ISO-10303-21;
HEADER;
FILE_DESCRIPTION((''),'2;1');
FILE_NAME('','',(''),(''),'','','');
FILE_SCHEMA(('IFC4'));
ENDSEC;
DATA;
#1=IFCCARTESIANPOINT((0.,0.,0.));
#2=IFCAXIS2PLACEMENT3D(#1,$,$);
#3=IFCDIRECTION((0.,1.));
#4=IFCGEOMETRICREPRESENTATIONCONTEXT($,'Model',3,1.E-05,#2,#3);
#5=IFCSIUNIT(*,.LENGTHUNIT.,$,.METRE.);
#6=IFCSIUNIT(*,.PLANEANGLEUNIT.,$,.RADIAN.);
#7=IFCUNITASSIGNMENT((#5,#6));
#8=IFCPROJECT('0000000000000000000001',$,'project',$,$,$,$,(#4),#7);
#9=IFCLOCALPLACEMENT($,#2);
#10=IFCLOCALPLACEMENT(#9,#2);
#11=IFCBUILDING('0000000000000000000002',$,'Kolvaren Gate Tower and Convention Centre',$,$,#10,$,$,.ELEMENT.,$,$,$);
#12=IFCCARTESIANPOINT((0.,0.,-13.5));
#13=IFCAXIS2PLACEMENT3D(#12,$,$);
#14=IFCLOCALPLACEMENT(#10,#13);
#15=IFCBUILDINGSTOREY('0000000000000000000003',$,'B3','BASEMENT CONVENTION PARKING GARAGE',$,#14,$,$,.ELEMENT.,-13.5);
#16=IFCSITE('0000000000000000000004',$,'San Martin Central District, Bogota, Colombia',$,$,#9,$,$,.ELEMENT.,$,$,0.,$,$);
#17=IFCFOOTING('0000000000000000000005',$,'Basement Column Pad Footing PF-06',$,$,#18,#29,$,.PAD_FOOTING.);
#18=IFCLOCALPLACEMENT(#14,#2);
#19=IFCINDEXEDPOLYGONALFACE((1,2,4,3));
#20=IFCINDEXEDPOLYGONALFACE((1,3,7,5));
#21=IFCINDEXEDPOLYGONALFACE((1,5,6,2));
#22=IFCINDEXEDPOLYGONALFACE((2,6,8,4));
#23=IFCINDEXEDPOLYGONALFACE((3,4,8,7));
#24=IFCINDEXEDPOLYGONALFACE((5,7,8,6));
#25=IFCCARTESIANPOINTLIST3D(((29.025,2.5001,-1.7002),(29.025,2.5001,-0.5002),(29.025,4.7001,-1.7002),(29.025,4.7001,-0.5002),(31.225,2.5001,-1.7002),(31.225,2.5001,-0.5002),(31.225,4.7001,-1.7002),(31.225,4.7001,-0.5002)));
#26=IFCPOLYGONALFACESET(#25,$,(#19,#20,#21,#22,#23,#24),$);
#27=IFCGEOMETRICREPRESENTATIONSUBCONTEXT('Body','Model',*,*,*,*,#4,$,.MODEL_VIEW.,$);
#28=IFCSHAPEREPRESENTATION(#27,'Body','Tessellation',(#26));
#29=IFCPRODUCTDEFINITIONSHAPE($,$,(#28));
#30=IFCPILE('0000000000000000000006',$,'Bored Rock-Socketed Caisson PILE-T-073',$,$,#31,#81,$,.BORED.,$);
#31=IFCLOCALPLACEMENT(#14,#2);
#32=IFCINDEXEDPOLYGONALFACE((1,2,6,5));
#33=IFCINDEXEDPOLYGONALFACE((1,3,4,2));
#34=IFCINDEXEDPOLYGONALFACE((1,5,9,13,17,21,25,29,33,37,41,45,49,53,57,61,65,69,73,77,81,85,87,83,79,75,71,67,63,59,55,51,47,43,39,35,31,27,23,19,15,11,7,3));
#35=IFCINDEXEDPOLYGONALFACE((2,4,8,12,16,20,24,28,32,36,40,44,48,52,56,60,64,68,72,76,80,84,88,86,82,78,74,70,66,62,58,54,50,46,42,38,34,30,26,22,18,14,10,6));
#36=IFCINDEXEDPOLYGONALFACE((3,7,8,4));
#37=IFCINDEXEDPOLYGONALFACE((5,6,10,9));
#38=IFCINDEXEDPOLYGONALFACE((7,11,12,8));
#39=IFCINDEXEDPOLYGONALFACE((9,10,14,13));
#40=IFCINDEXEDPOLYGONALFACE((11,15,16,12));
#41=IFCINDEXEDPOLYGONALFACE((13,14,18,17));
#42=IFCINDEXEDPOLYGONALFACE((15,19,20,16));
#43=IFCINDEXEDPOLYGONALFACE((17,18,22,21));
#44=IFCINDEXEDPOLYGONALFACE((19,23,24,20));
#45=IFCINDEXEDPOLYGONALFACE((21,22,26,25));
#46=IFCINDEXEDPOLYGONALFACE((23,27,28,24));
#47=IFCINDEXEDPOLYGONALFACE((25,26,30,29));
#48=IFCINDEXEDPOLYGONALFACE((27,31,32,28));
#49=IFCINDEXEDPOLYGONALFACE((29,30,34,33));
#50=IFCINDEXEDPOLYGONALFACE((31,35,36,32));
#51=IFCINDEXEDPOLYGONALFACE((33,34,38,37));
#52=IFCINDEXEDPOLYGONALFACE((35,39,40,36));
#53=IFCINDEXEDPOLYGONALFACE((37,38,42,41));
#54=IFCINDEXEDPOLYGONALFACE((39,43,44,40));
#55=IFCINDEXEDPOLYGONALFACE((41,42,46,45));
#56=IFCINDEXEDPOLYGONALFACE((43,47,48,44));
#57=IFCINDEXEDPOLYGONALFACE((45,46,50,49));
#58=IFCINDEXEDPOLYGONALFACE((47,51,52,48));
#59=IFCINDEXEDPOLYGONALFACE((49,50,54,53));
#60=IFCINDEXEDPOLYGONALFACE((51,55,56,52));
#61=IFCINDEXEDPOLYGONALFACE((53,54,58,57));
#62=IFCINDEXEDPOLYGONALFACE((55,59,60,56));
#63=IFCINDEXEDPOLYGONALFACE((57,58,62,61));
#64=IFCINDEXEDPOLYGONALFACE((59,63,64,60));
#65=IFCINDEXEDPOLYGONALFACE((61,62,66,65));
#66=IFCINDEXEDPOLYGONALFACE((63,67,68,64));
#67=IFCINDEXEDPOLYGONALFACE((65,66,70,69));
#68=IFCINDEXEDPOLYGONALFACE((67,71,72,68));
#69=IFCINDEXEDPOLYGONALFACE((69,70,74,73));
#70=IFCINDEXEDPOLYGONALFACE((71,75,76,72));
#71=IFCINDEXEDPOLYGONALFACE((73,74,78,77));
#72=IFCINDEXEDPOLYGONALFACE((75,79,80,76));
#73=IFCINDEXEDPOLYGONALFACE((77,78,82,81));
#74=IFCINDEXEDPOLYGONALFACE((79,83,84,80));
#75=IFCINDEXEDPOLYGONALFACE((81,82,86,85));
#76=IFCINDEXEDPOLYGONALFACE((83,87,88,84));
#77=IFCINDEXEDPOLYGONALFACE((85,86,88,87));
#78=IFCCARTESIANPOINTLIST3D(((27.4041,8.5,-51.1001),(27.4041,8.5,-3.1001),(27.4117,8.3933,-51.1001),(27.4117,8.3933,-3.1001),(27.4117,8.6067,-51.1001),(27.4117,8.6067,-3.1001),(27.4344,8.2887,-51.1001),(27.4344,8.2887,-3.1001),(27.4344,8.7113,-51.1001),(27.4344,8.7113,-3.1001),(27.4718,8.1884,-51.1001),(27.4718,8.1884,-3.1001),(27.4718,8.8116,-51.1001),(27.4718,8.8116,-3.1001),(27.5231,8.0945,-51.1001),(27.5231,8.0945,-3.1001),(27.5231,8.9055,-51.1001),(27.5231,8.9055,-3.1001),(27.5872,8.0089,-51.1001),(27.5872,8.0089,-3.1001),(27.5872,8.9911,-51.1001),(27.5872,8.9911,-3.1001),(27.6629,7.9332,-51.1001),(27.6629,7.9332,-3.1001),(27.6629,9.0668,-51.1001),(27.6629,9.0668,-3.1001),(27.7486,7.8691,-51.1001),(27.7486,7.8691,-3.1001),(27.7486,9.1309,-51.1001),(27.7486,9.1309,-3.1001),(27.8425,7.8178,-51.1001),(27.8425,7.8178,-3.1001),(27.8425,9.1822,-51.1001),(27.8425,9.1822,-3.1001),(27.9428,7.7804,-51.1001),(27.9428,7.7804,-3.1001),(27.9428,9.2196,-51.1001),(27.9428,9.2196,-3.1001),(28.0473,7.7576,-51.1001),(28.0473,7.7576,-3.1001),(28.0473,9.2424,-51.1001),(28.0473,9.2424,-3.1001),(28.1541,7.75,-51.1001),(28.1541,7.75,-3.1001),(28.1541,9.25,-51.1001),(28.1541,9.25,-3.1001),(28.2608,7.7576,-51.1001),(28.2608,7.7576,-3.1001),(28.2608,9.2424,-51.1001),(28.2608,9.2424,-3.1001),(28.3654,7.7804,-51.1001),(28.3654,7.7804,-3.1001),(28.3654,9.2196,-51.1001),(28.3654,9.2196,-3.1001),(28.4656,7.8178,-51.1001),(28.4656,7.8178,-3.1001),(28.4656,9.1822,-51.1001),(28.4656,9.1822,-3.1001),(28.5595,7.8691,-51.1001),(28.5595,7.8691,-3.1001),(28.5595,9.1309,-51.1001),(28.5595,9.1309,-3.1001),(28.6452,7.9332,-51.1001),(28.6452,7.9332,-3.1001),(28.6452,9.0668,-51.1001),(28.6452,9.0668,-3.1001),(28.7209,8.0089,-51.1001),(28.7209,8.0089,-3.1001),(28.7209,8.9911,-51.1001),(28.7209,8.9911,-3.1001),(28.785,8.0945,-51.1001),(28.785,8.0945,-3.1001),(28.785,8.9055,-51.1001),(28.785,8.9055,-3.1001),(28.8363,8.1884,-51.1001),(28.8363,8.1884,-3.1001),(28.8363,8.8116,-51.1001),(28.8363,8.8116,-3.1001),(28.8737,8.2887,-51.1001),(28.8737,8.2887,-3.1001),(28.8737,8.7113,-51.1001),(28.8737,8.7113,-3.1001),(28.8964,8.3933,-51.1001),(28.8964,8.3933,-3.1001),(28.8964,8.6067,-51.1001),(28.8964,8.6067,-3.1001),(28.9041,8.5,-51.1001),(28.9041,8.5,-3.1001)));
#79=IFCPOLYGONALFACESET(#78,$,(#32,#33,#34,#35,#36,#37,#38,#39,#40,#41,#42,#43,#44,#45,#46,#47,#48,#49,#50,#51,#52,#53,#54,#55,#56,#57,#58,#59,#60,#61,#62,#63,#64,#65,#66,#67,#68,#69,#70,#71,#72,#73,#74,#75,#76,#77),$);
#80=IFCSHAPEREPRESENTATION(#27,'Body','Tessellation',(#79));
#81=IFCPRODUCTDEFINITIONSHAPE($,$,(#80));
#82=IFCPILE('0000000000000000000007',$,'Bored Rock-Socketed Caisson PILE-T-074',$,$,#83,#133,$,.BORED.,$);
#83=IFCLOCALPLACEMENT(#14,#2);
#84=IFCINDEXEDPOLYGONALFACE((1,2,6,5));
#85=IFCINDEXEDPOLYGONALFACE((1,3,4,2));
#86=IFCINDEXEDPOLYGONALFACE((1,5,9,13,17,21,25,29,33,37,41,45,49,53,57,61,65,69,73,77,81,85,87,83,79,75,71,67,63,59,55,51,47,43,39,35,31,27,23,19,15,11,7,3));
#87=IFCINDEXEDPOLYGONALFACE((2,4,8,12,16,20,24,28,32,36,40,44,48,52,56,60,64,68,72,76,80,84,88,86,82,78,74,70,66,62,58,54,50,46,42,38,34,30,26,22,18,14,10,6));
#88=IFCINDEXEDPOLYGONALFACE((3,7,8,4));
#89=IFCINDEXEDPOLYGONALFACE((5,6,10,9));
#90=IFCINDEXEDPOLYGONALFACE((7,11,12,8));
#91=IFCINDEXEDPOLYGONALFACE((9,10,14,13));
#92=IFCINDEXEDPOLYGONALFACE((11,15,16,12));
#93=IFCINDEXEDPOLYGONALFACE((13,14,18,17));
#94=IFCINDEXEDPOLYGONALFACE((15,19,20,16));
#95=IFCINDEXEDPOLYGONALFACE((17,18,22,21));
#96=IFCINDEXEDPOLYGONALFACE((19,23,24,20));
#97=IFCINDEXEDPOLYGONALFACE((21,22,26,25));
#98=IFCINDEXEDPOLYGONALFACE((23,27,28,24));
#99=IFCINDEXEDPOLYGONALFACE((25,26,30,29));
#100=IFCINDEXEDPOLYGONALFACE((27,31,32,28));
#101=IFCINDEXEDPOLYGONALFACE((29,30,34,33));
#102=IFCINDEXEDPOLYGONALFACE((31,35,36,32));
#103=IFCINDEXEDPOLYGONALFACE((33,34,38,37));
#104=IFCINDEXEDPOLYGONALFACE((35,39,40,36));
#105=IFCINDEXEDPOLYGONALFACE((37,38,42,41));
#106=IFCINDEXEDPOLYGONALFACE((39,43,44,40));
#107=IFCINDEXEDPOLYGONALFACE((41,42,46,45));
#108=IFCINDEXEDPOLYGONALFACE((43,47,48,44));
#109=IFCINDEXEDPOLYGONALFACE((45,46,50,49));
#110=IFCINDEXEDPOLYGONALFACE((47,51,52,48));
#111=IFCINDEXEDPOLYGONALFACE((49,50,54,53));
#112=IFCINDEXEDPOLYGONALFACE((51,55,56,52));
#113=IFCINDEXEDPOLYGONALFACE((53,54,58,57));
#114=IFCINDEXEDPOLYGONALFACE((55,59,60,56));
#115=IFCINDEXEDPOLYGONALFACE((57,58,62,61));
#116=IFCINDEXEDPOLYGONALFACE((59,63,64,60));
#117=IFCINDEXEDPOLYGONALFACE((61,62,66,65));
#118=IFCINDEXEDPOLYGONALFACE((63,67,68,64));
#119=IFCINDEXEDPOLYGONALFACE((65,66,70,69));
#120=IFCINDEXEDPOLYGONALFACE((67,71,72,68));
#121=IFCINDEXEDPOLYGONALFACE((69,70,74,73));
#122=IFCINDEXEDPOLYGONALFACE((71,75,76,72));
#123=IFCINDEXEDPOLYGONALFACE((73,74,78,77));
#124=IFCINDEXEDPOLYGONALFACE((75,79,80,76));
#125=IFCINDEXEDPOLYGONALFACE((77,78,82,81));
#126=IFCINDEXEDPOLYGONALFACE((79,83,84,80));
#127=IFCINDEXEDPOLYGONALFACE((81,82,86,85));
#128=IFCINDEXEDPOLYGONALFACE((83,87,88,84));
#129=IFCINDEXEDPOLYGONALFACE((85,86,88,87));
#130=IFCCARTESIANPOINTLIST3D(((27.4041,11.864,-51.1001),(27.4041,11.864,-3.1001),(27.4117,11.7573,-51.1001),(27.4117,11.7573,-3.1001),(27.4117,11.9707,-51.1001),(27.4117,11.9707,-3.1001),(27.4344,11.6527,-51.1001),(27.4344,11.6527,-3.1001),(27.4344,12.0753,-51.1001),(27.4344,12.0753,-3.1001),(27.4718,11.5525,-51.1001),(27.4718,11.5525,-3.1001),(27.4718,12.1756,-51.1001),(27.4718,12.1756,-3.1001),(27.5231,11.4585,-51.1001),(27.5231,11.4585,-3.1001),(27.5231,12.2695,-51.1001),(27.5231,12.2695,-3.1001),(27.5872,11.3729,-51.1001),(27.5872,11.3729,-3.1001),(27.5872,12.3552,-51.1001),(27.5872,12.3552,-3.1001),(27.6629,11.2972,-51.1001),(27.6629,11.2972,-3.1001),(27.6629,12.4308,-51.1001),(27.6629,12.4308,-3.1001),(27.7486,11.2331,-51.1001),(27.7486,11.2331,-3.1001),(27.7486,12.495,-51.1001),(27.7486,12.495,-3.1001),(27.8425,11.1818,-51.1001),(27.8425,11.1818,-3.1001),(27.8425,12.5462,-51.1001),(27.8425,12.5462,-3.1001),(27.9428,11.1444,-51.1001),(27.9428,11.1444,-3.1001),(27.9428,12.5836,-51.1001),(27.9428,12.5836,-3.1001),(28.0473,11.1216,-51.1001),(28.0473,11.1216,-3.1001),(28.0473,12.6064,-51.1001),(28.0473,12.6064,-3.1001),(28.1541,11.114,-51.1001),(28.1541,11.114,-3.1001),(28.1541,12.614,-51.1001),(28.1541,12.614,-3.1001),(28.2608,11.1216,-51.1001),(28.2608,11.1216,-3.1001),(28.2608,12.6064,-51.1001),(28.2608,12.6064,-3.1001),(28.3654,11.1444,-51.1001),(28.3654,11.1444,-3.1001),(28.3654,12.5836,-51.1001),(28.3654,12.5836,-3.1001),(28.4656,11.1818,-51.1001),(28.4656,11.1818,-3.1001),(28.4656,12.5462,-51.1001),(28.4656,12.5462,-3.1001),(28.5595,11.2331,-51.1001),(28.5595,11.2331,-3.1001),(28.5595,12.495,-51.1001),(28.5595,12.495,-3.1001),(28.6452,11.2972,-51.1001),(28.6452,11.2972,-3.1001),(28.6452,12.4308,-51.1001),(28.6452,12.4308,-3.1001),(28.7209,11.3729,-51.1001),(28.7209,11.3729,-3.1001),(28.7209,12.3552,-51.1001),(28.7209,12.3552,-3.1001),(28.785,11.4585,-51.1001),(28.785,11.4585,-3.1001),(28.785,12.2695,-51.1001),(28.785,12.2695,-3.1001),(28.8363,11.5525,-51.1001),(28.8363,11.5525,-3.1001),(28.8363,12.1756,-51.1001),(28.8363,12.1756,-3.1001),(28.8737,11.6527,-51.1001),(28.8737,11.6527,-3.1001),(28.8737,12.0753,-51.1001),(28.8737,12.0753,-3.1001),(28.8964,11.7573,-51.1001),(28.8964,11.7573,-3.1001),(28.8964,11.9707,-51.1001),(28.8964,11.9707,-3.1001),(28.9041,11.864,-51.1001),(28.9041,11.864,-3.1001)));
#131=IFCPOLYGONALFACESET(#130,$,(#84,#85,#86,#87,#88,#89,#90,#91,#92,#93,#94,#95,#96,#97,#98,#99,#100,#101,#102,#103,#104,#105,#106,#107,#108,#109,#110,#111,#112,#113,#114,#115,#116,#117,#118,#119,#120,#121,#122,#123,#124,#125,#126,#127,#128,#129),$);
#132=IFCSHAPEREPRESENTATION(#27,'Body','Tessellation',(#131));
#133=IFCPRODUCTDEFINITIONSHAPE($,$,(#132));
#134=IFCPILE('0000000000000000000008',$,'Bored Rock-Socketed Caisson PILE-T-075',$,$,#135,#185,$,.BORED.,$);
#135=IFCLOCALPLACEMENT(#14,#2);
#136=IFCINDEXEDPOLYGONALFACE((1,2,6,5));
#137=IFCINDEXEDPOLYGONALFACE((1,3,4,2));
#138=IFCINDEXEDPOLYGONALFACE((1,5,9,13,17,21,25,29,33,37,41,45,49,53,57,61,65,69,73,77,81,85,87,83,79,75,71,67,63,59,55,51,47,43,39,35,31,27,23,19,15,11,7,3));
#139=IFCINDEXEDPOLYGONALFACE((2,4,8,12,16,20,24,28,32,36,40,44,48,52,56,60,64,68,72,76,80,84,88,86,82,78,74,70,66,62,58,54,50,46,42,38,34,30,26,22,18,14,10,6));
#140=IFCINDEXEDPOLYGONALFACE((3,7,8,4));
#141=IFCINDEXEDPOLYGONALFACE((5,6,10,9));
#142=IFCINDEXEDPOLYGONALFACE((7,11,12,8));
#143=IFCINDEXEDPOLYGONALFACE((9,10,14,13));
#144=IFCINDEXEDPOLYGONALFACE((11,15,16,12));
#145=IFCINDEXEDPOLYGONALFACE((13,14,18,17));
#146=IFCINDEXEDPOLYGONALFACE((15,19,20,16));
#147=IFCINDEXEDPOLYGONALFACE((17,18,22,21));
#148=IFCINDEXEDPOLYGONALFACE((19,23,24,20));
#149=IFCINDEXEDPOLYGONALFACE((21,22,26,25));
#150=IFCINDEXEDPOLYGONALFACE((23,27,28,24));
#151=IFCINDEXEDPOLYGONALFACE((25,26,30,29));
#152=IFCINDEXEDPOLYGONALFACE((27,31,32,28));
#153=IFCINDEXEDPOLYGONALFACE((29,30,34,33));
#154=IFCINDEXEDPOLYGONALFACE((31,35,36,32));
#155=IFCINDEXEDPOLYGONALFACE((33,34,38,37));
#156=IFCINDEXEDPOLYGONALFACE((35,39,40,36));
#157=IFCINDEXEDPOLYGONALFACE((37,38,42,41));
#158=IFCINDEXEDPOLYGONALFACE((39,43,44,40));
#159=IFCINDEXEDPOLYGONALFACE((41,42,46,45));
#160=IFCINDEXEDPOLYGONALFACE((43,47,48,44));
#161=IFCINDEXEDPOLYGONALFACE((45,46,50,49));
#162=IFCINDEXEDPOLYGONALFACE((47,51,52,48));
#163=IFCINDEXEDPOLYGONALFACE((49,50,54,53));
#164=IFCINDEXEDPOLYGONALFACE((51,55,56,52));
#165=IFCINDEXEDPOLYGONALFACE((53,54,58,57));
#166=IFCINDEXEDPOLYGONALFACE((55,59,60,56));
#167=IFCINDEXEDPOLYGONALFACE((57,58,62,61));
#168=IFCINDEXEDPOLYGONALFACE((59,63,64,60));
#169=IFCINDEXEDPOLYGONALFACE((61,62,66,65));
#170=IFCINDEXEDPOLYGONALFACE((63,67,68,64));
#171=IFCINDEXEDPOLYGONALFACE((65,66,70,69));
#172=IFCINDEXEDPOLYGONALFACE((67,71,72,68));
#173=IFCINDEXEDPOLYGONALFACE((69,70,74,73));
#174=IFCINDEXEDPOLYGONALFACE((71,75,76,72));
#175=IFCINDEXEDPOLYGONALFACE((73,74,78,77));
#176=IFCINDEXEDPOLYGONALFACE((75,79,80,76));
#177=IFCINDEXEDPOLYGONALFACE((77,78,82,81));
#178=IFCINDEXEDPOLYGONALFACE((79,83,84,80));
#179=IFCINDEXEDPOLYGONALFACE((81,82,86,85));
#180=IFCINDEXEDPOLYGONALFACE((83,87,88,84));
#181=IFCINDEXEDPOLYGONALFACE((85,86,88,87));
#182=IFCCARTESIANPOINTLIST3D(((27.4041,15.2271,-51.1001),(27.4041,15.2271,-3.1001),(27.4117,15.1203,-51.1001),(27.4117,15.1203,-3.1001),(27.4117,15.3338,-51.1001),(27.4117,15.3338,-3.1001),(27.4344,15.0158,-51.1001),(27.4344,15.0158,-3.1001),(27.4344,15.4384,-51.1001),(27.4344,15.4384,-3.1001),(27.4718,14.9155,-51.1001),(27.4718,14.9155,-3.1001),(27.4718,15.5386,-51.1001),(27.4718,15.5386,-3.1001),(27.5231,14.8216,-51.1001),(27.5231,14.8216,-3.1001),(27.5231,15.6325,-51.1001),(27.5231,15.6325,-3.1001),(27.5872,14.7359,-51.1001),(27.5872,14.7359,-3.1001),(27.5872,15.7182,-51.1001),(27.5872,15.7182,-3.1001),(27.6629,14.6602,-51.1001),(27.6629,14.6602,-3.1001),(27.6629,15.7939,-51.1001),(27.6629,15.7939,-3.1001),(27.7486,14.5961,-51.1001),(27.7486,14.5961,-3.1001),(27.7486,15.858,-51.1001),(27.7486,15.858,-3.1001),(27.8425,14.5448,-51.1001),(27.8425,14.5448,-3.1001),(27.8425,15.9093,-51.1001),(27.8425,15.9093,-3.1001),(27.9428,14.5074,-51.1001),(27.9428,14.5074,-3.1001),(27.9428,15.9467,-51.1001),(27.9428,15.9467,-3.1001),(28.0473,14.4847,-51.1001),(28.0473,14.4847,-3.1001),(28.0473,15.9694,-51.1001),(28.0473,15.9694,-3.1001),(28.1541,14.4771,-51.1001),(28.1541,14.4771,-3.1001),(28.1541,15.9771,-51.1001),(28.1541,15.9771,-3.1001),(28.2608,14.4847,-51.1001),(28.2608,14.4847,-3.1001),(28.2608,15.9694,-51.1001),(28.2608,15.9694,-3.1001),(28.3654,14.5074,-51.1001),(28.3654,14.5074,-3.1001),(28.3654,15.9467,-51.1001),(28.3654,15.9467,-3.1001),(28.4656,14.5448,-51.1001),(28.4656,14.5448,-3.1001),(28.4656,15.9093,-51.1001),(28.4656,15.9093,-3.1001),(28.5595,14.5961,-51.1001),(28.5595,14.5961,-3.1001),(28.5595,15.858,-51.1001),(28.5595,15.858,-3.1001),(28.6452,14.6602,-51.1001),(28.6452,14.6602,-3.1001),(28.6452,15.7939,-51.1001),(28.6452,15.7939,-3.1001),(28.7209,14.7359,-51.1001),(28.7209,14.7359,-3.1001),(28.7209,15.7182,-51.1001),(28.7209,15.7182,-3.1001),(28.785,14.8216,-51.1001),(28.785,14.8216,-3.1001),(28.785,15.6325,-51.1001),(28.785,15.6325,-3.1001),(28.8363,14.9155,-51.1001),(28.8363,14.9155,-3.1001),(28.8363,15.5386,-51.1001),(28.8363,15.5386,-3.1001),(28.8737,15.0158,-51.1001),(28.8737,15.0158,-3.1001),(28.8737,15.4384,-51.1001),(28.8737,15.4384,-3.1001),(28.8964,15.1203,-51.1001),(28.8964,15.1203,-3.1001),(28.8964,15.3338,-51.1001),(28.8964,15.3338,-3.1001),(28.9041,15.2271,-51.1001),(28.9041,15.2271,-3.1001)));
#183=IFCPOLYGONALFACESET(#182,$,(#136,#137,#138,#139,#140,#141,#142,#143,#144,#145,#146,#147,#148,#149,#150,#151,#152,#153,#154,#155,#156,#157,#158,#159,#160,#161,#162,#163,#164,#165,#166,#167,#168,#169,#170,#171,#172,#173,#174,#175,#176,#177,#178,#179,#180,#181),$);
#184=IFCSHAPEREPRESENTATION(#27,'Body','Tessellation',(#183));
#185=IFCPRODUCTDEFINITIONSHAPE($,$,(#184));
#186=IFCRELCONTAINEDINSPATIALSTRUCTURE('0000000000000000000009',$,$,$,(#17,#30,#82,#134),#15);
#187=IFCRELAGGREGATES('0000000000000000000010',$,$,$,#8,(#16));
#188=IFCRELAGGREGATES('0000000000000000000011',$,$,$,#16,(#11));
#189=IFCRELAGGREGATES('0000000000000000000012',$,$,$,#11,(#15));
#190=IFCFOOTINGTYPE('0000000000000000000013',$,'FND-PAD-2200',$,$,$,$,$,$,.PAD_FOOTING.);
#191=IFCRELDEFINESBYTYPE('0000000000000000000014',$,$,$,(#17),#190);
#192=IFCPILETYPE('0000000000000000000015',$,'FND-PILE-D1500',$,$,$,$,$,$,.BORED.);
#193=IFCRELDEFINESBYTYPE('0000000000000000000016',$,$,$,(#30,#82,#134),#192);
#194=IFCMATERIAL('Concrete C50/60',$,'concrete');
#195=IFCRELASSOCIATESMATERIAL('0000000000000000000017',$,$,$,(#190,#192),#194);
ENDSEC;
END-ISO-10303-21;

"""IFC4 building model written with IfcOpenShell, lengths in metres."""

from ifc_helpers import new_model, si_unit, direction, frame, origin, origin_2d, place, context, subcontext, project, spatial, rectangle, circle, extrude, material, material_profile, profile_set, type_object, element, save


model = new_model("IFC4")

# Units and contexts
model_context = context("Model", 3, precision=1e-05, world=origin(), true_north=direction((0.0, 1.0)))
body_context = subcontext(model_context, "Body", "Model", "MODEL_VIEW")
ifc_project = project(units=[si_unit("LENGTHUNIT", "METRE"), si_unit("PLANEANGLEUNIT", "RADIAN")], contexts=[model_context])

# Site, building, storey
site_placement = place(None, origin())
site = spatial("IfcSite", under=ifc_project, at=site_placement, Name="San Martin Central District, Bogota, Colombia", CompositionType="ELEMENT", RefElevation=0.0)
building_placement = place(site_placement, origin())
building = spatial("IfcBuilding", under=site, at=building_placement, Name="Kolvaren Gate Tower and Convention Centre", CompositionType="ELEMENT")
storey_placement = place(building_placement, frame((0.0, 0.0, -13.5)))
storey = spatial("IfcBuildingStorey", under=building, at=storey_placement, Name="B3", Description="BASEMENT CONVENTION PARKING GARAGE", CompositionType="ELEMENT", Elevation=-13.5)

# Footing
ifc_material_1 = material(Name="Concrete C50/60", Category="concrete")
footing_type = type_object("IfcFootingType", Name="FND-PAD-2200", PredefinedType="PAD_FOOTING", material=ifc_material_1)
footing_placement = place(storey_placement, frame((30.125, 3.6001, -1.7002), z_axis=(0.0, 0.0, 1.0), x_axis=(1.0, 0.0, 0.0)))
element("IfcFooting", 1, at=footing_placement, inside=storey, type_object=footing_type, Name="Basement Column Pad Footing PF-06", PredefinedType="PAD_FOOTING", context=body_context, shape_type="SweptSolid", body=[
    extrude(rectangle(XDim=2.2, YDim=2.2, at=origin_2d()), origin(), (0.0, 0.0, 1.0), 1.2),
])

# Piles
ifc_material_profile_1 = material_profile(ifc_material_1, circle(Radius=0.75, at=origin_2d()), Name="CAISSON-D1500")
ifc_profile_set_1 = profile_set([ifc_material_profile_1], Name="Concrete C50/60")
pile_type = type_object("IfcPileType", Name="FND-PILE-D1500", PredefinedType="BORED", material=ifc_profile_set_1)
for number, where, z_axis, x_axis, name in (
    (2, (28.1541, 8.5, -3.1001), (0.0, 0.0, -1.0), (1.0, 0.0, 0.0), "Bored Rock-Socketed Caisson PILE-T-073"),
    (3, (28.1541, 11.864, -3.1001), (0.0, 0.0, -1.0), (1.0, 0.0, 0.0), "Bored Rock-Socketed Caisson PILE-T-074"),
    (4, (28.1541, 15.2271, -3.1001), (0.0, 0.0, -1.0), (1.0, 0.0, 0.0), "Bored Rock-Socketed Caisson PILE-T-075"),
):
    element("IfcPile", number, at=place(storey_placement, frame(where, z_axis=z_axis, x_axis=x_axis)), inside=storey, type_object=pile_type, Name=name, PredefinedType="BORED", context=body_context, shape_type="SweptSolid", body=[
        extrude(circle(Radius=0.75, at=origin_2d()), origin(), (0.0, 0.0, 1.0), 48.0),
    ])

save(model, "model.ifc")
